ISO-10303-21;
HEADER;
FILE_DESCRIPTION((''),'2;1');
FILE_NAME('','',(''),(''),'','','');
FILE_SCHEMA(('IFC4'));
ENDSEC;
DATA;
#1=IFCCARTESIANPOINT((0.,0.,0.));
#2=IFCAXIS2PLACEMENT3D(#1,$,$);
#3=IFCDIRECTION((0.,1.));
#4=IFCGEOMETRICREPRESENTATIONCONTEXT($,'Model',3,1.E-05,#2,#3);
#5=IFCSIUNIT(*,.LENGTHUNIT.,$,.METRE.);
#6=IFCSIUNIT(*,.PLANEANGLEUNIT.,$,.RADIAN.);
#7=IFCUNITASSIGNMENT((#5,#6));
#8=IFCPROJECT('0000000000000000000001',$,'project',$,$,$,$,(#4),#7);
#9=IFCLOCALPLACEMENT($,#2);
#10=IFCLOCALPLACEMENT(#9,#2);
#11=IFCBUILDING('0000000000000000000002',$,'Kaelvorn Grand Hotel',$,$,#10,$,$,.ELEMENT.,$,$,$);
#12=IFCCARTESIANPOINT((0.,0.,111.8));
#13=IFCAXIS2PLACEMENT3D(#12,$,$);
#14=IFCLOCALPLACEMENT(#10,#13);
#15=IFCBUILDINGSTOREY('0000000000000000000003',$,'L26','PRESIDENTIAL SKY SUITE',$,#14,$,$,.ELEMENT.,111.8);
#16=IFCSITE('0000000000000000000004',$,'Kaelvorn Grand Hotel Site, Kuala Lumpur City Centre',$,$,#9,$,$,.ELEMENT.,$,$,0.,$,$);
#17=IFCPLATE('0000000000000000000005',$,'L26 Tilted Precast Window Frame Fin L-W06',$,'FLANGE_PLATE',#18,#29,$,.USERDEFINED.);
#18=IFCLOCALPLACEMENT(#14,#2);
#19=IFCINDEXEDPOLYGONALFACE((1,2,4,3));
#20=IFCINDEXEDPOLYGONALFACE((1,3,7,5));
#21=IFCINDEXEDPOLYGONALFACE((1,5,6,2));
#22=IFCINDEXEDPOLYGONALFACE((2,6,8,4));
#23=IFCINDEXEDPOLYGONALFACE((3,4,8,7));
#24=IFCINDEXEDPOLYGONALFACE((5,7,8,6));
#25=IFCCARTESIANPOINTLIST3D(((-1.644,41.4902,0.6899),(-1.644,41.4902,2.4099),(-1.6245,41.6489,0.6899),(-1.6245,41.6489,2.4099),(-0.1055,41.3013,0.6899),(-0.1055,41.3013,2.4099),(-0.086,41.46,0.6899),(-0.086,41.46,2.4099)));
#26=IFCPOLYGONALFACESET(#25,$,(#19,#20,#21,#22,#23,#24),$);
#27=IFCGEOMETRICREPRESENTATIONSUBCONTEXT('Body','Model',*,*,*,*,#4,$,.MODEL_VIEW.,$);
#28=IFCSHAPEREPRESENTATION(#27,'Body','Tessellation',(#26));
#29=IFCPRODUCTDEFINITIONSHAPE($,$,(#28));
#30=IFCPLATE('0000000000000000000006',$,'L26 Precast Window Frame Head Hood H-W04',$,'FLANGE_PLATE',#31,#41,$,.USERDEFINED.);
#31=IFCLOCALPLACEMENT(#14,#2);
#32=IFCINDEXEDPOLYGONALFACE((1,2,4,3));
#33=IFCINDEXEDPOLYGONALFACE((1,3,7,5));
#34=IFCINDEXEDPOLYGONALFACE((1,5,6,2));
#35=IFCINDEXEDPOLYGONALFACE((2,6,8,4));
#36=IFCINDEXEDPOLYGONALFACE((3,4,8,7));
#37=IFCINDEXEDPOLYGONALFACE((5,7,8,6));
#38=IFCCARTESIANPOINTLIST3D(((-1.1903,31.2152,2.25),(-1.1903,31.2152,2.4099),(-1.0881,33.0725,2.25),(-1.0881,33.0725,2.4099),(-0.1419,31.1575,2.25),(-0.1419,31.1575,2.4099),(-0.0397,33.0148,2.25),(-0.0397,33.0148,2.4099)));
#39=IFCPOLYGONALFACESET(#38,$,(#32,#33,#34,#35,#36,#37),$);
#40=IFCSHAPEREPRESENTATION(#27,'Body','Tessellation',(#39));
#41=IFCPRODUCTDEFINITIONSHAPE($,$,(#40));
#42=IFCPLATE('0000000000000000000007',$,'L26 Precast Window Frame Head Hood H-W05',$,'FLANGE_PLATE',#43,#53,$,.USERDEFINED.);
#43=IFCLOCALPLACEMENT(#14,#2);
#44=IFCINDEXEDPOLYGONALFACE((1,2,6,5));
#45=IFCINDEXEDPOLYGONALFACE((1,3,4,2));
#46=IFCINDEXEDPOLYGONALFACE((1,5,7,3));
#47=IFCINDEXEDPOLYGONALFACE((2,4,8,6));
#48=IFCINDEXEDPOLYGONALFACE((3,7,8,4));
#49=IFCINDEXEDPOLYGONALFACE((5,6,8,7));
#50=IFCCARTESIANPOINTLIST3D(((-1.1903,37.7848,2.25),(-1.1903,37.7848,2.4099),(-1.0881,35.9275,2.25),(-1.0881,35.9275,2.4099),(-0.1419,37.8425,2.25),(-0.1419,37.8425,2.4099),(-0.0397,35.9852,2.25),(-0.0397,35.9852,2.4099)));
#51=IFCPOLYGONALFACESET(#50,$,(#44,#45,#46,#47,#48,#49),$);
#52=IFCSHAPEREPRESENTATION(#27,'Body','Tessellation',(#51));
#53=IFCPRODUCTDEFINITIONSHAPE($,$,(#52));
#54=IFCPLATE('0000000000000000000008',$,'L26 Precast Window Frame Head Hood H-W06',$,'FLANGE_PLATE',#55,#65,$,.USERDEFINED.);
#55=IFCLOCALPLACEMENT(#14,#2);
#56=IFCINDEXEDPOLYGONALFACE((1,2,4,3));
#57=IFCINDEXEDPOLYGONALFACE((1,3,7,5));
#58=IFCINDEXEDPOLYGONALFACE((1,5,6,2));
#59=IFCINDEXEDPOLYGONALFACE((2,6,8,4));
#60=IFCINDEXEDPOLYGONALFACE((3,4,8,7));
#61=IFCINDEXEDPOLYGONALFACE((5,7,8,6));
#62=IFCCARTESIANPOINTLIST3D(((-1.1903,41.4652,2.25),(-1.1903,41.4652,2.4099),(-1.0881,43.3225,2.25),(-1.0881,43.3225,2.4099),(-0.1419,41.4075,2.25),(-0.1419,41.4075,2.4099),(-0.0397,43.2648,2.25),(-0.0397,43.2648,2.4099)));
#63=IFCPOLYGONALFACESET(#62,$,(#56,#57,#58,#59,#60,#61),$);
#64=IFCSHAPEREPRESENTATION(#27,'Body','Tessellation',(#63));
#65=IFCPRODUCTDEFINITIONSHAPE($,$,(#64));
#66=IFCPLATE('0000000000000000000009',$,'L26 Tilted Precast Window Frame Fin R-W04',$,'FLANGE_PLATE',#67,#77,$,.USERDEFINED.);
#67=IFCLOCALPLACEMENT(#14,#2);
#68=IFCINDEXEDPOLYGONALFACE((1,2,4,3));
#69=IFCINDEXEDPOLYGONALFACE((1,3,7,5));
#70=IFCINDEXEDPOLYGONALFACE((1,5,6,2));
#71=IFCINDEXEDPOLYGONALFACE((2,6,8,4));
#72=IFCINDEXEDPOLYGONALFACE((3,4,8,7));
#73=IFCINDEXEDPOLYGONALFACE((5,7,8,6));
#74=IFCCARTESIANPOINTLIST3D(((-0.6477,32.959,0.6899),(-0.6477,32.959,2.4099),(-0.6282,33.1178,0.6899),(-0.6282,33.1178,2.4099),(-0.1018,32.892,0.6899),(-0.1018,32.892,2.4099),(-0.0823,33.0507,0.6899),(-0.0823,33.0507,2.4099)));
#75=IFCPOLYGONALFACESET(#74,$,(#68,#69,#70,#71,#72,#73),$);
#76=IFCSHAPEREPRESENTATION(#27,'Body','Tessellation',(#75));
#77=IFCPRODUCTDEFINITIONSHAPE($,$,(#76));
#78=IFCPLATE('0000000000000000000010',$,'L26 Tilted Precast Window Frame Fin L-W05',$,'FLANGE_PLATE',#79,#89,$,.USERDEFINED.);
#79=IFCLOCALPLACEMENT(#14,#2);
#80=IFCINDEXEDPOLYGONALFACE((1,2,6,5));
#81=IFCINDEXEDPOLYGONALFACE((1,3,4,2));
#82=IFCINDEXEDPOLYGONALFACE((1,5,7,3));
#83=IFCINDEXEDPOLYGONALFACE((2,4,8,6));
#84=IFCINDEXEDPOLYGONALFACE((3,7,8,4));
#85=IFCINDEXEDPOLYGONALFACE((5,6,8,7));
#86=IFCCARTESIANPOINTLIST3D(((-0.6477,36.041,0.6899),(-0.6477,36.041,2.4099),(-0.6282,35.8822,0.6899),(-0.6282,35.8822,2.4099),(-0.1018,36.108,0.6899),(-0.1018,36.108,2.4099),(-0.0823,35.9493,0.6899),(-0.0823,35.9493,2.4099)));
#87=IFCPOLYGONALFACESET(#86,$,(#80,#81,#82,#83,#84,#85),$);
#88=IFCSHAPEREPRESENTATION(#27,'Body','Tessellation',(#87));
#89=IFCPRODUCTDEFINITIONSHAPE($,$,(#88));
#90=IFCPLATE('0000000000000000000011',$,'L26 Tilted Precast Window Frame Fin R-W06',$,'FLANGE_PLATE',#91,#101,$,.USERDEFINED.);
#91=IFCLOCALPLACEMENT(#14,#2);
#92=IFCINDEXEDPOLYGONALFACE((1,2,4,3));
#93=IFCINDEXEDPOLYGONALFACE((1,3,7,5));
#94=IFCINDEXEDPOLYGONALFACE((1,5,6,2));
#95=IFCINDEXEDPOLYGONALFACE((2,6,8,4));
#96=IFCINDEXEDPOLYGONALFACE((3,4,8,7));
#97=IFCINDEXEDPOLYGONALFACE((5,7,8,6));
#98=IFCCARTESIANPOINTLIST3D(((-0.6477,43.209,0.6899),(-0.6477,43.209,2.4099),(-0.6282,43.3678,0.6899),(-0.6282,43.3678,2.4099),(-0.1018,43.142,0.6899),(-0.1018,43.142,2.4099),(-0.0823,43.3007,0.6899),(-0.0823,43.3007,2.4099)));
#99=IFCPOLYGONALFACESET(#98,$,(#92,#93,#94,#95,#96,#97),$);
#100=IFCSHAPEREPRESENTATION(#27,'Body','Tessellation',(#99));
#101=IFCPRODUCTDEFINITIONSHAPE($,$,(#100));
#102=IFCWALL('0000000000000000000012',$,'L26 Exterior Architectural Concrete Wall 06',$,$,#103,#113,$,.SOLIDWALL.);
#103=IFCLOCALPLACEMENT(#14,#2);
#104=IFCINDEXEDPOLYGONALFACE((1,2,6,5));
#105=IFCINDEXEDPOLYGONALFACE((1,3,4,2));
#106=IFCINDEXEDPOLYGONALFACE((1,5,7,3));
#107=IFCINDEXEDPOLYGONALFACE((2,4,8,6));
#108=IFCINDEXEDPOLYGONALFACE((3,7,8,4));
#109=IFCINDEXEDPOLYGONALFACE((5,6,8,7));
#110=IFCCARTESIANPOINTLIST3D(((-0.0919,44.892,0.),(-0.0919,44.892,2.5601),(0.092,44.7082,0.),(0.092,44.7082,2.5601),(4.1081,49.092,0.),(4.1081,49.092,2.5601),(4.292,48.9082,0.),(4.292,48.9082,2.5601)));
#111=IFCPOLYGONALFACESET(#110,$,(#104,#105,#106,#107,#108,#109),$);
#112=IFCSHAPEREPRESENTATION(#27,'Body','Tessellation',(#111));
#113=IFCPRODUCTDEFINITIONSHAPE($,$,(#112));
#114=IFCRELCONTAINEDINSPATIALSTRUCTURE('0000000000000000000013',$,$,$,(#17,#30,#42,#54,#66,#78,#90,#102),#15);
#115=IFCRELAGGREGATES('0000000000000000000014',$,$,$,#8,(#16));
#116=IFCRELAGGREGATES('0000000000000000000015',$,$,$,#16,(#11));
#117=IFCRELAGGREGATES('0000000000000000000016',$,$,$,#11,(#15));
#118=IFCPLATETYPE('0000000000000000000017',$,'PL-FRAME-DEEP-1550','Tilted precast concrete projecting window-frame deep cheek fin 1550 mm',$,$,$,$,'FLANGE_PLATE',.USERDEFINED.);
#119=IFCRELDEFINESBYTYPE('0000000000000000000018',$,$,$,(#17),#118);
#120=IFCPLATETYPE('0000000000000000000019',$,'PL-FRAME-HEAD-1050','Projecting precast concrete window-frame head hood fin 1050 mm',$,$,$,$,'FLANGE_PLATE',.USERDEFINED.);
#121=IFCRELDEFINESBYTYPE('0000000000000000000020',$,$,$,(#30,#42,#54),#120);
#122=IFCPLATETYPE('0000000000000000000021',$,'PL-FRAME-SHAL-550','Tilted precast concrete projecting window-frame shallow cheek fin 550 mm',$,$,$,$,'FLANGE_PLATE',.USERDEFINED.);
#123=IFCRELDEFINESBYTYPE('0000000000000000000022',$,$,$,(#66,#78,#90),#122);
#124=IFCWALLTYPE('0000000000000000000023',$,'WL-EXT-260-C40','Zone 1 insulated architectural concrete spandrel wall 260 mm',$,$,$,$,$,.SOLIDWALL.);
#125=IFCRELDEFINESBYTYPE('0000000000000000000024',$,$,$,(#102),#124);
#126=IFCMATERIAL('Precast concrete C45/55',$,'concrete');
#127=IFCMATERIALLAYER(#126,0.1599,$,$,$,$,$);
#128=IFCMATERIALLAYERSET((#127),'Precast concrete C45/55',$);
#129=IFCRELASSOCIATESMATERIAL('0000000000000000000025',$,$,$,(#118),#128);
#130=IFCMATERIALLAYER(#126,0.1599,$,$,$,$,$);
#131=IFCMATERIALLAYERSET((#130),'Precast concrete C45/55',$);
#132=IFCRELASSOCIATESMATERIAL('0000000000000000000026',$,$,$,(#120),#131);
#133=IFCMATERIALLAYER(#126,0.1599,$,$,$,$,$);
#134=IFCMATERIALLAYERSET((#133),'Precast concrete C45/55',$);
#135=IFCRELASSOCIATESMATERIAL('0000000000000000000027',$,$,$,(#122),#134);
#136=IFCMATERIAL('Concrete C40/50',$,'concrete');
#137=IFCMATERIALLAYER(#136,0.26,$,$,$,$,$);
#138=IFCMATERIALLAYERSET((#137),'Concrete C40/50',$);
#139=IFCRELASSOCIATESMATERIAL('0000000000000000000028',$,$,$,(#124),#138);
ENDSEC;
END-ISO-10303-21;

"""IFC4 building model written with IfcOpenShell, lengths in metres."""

from ifc_helpers import new_model, si_unit, direction, frame, frame_2d, origin, origin_2d, place, context, subcontext, project, spatial, rectangle, extrude, material, layer, layer_set, type_object, element, save


model = new_model("IFC4")

# Units and contexts
model_context = context("Model", 3, precision=1e-05, world=origin(), true_north=direction((0.0, 1.0)))
body_context = subcontext(model_context, "Body", "Model", "MODEL_VIEW")
ifc_project = project(units=[si_unit("LENGTHUNIT", "METRE"), si_unit("PLANEANGLEUNIT", "RADIAN")], contexts=[model_context])

# Site, building, storey
site_placement = place(None, origin())
site = spatial("IfcSite", under=ifc_project, at=site_placement, Name="Kaelvorn Grand Hotel Site, Kuala Lumpur City Centre", CompositionType="ELEMENT", RefElevation=0.0)
building_placement = place(site_placement, origin())
building = spatial("IfcBuilding", under=site, at=building_placement, Name="Kaelvorn Grand Hotel", CompositionType="ELEMENT")
storey_placement = place(building_placement, frame((0.0, 0.0, 111.8)))
storey = spatial("IfcBuildingStorey", under=building, at=storey_placement, Name="L26", Description="PRESIDENTIAL SKY SUITE", CompositionType="ELEMENT", Elevation=111.8)

# Plates
ifc_material_1 = material(Name="Precast concrete C45/55", Category="concrete")
ifc_layer_1 = layer(ifc_material_1, 0.1599)
ifc_layer_set_1 = layer_set([ifc_layer_1], Name="Precast concrete C45/55")
plate_type_1 = type_object("IfcPlateType", Name="PL-FRAME-DEEP-1550", Description="Tilted precast concrete projecting window-frame deep cheek fin 1550 mm", ElementType="FLANGE_PLATE", PredefinedType="USERDEFINED", material=ifc_layer_set_1)
for number, where, z_axis, x_axis, name in (
    (1, (-0.865, 41.4751, 0.6899), (0.0, 0.0, 1.0), (0.121869, 0.992546, 0.0), "L26 Tilted Precast Window Frame Fin L-W06"),
):
    element("IfcPlate", number, at=place(storey_placement, frame(where, z_axis=z_axis, x_axis=x_axis)), inside=storey, type_object=plate_type_1, Name=name, ObjectType="FLANGE_PLATE", PredefinedType="USERDEFINED", context=body_context, shape_type="SweptSolid", body=[
        extrude(rectangle(XDim=0.1599, YDim=1.55, at=origin_2d()), origin(), (0.0, 0.0, 1.0), 1.72),
    ])
ifc_layer_2 = layer(ifc_material_1, 0.1599)
ifc_layer_set_2 = layer_set([ifc_layer_2], Name="Precast concrete C45/55")
plate_type_2 = type_object("IfcPlateType", Name="PL-FRAME-HEAD-1050", Description="Projecting precast concrete window-frame head hood fin 1050 mm", ElementType="FLANGE_PLATE", PredefinedType="USERDEFINED", material=ifc_layer_set_2)
for number, where, z_axis, x_axis, name in (
    (2, (-0.615, 32.115, 2.25), (0.0, 0.0, 1.0), (0.05495, 0.998489, 0.0), "L26 Precast Window Frame Head Hood H-W04"),
    (3, (-0.615, 36.885, 2.25), (0.0, 0.0, 1.0), (-0.05495, 0.998489, 0.0), "L26 Precast Window Frame Head Hood H-W05"),
    (4, (-0.615, 42.365, 2.25), (0.0, 0.0, 1.0), (0.05495, 0.998489, 0.0), "L26 Precast Window Frame Head Hood H-W06"),
):
    element("IfcPlate", number, at=place(storey_placement, frame(where, z_axis=z_axis, x_axis=x_axis)), inside=storey, type_object=plate_type_2, Name=name, ObjectType="FLANGE_PLATE", PredefinedType="USERDEFINED", context=body_context, shape_type="SweptSolid", body=[
        extrude(rectangle(XDim=1.8601, YDim=1.05, at=origin_2d()), origin(), (0.0, 0.0, 1.0), 0.1599),
    ])
ifc_layer_3 = layer(ifc_material_1, 0.1599)
ifc_layer_set_3 = layer_set([ifc_layer_3], Name="Precast concrete C45/55")
plate_type_3 = type_object("IfcPlateType", Name="PL-FRAME-SHAL-550", Description="Tilted precast concrete projecting window-frame shallow cheek fin 550 mm", ElementType="FLANGE_PLATE", PredefinedType="USERDEFINED", material=ifc_layer_set_3)
for number, where, z_axis, x_axis, name in (
    (5, (-0.365, 33.0049, 0.6899), (0.0, 0.0, 1.0), (0.121869, 0.992546, 0.0), "L26 Tilted Precast Window Frame Fin R-W04"),
    (6, (-0.365, 35.9951, 0.6899), (0.0, 0.0, 1.0), (-0.121869, 0.992546, 0.0), "L26 Tilted Precast Window Frame Fin L-W05"),
    (7, (-0.365, 43.2549, 0.6899), (0.0, 0.0, 1.0), (0.121869, 0.992546, 0.0), "L26 Tilted Precast Window Frame Fin R-W06"),
):
    element("IfcPlate", number, at=place(storey_placement, frame(where, z_axis=z_axis, x_axis=x_axis)), inside=storey, type_object=plate_type_3, Name=name, ObjectType="FLANGE_PLATE", PredefinedType="USERDEFINED", context=body_context, shape_type="SweptSolid", body=[
        extrude(rectangle(XDim=0.1599, YDim=0.55, at=origin_2d()), origin(), (0.0, 0.0, 1.0), 1.72),
    ])

# Wall
ifc_material_2 = material(Name="Concrete C40/50", Category="concrete")
ifc_layer_4 = layer(ifc_material_2, 0.26)
ifc_layer_set_4 = layer_set([ifc_layer_4], Name="Concrete C40/50")
wall_type_1 = type_object("IfcWallType", Name="WL-EXT-260-C40", Description="Zone 1 insulated architectural concrete spandrel wall 260 mm", PredefinedType="SOLIDWALL", material=ifc_layer_set_4)
wall_1_placement = place(storey_placement, frame((4.2, 49.0, 0.0), z_axis=(0.0, 0.0, 1.0), x_axis=(-0.707107, -0.707107, 0.0)))
element("IfcWall", 8, at=wall_1_placement, inside=storey, type_object=wall_type_1, Name="L26 Exterior Architectural Concrete Wall 06", PredefinedType="SOLIDWALL", context=body_context, shape_type="SweptSolid", body=[
    extrude(rectangle(XDim=5.9397, YDim=0.26, at=frame_2d((2.9697, 0.0))), origin(), (0.0, 0.0, 1.0), 2.5601),
])

save(model, "model.ifc")
